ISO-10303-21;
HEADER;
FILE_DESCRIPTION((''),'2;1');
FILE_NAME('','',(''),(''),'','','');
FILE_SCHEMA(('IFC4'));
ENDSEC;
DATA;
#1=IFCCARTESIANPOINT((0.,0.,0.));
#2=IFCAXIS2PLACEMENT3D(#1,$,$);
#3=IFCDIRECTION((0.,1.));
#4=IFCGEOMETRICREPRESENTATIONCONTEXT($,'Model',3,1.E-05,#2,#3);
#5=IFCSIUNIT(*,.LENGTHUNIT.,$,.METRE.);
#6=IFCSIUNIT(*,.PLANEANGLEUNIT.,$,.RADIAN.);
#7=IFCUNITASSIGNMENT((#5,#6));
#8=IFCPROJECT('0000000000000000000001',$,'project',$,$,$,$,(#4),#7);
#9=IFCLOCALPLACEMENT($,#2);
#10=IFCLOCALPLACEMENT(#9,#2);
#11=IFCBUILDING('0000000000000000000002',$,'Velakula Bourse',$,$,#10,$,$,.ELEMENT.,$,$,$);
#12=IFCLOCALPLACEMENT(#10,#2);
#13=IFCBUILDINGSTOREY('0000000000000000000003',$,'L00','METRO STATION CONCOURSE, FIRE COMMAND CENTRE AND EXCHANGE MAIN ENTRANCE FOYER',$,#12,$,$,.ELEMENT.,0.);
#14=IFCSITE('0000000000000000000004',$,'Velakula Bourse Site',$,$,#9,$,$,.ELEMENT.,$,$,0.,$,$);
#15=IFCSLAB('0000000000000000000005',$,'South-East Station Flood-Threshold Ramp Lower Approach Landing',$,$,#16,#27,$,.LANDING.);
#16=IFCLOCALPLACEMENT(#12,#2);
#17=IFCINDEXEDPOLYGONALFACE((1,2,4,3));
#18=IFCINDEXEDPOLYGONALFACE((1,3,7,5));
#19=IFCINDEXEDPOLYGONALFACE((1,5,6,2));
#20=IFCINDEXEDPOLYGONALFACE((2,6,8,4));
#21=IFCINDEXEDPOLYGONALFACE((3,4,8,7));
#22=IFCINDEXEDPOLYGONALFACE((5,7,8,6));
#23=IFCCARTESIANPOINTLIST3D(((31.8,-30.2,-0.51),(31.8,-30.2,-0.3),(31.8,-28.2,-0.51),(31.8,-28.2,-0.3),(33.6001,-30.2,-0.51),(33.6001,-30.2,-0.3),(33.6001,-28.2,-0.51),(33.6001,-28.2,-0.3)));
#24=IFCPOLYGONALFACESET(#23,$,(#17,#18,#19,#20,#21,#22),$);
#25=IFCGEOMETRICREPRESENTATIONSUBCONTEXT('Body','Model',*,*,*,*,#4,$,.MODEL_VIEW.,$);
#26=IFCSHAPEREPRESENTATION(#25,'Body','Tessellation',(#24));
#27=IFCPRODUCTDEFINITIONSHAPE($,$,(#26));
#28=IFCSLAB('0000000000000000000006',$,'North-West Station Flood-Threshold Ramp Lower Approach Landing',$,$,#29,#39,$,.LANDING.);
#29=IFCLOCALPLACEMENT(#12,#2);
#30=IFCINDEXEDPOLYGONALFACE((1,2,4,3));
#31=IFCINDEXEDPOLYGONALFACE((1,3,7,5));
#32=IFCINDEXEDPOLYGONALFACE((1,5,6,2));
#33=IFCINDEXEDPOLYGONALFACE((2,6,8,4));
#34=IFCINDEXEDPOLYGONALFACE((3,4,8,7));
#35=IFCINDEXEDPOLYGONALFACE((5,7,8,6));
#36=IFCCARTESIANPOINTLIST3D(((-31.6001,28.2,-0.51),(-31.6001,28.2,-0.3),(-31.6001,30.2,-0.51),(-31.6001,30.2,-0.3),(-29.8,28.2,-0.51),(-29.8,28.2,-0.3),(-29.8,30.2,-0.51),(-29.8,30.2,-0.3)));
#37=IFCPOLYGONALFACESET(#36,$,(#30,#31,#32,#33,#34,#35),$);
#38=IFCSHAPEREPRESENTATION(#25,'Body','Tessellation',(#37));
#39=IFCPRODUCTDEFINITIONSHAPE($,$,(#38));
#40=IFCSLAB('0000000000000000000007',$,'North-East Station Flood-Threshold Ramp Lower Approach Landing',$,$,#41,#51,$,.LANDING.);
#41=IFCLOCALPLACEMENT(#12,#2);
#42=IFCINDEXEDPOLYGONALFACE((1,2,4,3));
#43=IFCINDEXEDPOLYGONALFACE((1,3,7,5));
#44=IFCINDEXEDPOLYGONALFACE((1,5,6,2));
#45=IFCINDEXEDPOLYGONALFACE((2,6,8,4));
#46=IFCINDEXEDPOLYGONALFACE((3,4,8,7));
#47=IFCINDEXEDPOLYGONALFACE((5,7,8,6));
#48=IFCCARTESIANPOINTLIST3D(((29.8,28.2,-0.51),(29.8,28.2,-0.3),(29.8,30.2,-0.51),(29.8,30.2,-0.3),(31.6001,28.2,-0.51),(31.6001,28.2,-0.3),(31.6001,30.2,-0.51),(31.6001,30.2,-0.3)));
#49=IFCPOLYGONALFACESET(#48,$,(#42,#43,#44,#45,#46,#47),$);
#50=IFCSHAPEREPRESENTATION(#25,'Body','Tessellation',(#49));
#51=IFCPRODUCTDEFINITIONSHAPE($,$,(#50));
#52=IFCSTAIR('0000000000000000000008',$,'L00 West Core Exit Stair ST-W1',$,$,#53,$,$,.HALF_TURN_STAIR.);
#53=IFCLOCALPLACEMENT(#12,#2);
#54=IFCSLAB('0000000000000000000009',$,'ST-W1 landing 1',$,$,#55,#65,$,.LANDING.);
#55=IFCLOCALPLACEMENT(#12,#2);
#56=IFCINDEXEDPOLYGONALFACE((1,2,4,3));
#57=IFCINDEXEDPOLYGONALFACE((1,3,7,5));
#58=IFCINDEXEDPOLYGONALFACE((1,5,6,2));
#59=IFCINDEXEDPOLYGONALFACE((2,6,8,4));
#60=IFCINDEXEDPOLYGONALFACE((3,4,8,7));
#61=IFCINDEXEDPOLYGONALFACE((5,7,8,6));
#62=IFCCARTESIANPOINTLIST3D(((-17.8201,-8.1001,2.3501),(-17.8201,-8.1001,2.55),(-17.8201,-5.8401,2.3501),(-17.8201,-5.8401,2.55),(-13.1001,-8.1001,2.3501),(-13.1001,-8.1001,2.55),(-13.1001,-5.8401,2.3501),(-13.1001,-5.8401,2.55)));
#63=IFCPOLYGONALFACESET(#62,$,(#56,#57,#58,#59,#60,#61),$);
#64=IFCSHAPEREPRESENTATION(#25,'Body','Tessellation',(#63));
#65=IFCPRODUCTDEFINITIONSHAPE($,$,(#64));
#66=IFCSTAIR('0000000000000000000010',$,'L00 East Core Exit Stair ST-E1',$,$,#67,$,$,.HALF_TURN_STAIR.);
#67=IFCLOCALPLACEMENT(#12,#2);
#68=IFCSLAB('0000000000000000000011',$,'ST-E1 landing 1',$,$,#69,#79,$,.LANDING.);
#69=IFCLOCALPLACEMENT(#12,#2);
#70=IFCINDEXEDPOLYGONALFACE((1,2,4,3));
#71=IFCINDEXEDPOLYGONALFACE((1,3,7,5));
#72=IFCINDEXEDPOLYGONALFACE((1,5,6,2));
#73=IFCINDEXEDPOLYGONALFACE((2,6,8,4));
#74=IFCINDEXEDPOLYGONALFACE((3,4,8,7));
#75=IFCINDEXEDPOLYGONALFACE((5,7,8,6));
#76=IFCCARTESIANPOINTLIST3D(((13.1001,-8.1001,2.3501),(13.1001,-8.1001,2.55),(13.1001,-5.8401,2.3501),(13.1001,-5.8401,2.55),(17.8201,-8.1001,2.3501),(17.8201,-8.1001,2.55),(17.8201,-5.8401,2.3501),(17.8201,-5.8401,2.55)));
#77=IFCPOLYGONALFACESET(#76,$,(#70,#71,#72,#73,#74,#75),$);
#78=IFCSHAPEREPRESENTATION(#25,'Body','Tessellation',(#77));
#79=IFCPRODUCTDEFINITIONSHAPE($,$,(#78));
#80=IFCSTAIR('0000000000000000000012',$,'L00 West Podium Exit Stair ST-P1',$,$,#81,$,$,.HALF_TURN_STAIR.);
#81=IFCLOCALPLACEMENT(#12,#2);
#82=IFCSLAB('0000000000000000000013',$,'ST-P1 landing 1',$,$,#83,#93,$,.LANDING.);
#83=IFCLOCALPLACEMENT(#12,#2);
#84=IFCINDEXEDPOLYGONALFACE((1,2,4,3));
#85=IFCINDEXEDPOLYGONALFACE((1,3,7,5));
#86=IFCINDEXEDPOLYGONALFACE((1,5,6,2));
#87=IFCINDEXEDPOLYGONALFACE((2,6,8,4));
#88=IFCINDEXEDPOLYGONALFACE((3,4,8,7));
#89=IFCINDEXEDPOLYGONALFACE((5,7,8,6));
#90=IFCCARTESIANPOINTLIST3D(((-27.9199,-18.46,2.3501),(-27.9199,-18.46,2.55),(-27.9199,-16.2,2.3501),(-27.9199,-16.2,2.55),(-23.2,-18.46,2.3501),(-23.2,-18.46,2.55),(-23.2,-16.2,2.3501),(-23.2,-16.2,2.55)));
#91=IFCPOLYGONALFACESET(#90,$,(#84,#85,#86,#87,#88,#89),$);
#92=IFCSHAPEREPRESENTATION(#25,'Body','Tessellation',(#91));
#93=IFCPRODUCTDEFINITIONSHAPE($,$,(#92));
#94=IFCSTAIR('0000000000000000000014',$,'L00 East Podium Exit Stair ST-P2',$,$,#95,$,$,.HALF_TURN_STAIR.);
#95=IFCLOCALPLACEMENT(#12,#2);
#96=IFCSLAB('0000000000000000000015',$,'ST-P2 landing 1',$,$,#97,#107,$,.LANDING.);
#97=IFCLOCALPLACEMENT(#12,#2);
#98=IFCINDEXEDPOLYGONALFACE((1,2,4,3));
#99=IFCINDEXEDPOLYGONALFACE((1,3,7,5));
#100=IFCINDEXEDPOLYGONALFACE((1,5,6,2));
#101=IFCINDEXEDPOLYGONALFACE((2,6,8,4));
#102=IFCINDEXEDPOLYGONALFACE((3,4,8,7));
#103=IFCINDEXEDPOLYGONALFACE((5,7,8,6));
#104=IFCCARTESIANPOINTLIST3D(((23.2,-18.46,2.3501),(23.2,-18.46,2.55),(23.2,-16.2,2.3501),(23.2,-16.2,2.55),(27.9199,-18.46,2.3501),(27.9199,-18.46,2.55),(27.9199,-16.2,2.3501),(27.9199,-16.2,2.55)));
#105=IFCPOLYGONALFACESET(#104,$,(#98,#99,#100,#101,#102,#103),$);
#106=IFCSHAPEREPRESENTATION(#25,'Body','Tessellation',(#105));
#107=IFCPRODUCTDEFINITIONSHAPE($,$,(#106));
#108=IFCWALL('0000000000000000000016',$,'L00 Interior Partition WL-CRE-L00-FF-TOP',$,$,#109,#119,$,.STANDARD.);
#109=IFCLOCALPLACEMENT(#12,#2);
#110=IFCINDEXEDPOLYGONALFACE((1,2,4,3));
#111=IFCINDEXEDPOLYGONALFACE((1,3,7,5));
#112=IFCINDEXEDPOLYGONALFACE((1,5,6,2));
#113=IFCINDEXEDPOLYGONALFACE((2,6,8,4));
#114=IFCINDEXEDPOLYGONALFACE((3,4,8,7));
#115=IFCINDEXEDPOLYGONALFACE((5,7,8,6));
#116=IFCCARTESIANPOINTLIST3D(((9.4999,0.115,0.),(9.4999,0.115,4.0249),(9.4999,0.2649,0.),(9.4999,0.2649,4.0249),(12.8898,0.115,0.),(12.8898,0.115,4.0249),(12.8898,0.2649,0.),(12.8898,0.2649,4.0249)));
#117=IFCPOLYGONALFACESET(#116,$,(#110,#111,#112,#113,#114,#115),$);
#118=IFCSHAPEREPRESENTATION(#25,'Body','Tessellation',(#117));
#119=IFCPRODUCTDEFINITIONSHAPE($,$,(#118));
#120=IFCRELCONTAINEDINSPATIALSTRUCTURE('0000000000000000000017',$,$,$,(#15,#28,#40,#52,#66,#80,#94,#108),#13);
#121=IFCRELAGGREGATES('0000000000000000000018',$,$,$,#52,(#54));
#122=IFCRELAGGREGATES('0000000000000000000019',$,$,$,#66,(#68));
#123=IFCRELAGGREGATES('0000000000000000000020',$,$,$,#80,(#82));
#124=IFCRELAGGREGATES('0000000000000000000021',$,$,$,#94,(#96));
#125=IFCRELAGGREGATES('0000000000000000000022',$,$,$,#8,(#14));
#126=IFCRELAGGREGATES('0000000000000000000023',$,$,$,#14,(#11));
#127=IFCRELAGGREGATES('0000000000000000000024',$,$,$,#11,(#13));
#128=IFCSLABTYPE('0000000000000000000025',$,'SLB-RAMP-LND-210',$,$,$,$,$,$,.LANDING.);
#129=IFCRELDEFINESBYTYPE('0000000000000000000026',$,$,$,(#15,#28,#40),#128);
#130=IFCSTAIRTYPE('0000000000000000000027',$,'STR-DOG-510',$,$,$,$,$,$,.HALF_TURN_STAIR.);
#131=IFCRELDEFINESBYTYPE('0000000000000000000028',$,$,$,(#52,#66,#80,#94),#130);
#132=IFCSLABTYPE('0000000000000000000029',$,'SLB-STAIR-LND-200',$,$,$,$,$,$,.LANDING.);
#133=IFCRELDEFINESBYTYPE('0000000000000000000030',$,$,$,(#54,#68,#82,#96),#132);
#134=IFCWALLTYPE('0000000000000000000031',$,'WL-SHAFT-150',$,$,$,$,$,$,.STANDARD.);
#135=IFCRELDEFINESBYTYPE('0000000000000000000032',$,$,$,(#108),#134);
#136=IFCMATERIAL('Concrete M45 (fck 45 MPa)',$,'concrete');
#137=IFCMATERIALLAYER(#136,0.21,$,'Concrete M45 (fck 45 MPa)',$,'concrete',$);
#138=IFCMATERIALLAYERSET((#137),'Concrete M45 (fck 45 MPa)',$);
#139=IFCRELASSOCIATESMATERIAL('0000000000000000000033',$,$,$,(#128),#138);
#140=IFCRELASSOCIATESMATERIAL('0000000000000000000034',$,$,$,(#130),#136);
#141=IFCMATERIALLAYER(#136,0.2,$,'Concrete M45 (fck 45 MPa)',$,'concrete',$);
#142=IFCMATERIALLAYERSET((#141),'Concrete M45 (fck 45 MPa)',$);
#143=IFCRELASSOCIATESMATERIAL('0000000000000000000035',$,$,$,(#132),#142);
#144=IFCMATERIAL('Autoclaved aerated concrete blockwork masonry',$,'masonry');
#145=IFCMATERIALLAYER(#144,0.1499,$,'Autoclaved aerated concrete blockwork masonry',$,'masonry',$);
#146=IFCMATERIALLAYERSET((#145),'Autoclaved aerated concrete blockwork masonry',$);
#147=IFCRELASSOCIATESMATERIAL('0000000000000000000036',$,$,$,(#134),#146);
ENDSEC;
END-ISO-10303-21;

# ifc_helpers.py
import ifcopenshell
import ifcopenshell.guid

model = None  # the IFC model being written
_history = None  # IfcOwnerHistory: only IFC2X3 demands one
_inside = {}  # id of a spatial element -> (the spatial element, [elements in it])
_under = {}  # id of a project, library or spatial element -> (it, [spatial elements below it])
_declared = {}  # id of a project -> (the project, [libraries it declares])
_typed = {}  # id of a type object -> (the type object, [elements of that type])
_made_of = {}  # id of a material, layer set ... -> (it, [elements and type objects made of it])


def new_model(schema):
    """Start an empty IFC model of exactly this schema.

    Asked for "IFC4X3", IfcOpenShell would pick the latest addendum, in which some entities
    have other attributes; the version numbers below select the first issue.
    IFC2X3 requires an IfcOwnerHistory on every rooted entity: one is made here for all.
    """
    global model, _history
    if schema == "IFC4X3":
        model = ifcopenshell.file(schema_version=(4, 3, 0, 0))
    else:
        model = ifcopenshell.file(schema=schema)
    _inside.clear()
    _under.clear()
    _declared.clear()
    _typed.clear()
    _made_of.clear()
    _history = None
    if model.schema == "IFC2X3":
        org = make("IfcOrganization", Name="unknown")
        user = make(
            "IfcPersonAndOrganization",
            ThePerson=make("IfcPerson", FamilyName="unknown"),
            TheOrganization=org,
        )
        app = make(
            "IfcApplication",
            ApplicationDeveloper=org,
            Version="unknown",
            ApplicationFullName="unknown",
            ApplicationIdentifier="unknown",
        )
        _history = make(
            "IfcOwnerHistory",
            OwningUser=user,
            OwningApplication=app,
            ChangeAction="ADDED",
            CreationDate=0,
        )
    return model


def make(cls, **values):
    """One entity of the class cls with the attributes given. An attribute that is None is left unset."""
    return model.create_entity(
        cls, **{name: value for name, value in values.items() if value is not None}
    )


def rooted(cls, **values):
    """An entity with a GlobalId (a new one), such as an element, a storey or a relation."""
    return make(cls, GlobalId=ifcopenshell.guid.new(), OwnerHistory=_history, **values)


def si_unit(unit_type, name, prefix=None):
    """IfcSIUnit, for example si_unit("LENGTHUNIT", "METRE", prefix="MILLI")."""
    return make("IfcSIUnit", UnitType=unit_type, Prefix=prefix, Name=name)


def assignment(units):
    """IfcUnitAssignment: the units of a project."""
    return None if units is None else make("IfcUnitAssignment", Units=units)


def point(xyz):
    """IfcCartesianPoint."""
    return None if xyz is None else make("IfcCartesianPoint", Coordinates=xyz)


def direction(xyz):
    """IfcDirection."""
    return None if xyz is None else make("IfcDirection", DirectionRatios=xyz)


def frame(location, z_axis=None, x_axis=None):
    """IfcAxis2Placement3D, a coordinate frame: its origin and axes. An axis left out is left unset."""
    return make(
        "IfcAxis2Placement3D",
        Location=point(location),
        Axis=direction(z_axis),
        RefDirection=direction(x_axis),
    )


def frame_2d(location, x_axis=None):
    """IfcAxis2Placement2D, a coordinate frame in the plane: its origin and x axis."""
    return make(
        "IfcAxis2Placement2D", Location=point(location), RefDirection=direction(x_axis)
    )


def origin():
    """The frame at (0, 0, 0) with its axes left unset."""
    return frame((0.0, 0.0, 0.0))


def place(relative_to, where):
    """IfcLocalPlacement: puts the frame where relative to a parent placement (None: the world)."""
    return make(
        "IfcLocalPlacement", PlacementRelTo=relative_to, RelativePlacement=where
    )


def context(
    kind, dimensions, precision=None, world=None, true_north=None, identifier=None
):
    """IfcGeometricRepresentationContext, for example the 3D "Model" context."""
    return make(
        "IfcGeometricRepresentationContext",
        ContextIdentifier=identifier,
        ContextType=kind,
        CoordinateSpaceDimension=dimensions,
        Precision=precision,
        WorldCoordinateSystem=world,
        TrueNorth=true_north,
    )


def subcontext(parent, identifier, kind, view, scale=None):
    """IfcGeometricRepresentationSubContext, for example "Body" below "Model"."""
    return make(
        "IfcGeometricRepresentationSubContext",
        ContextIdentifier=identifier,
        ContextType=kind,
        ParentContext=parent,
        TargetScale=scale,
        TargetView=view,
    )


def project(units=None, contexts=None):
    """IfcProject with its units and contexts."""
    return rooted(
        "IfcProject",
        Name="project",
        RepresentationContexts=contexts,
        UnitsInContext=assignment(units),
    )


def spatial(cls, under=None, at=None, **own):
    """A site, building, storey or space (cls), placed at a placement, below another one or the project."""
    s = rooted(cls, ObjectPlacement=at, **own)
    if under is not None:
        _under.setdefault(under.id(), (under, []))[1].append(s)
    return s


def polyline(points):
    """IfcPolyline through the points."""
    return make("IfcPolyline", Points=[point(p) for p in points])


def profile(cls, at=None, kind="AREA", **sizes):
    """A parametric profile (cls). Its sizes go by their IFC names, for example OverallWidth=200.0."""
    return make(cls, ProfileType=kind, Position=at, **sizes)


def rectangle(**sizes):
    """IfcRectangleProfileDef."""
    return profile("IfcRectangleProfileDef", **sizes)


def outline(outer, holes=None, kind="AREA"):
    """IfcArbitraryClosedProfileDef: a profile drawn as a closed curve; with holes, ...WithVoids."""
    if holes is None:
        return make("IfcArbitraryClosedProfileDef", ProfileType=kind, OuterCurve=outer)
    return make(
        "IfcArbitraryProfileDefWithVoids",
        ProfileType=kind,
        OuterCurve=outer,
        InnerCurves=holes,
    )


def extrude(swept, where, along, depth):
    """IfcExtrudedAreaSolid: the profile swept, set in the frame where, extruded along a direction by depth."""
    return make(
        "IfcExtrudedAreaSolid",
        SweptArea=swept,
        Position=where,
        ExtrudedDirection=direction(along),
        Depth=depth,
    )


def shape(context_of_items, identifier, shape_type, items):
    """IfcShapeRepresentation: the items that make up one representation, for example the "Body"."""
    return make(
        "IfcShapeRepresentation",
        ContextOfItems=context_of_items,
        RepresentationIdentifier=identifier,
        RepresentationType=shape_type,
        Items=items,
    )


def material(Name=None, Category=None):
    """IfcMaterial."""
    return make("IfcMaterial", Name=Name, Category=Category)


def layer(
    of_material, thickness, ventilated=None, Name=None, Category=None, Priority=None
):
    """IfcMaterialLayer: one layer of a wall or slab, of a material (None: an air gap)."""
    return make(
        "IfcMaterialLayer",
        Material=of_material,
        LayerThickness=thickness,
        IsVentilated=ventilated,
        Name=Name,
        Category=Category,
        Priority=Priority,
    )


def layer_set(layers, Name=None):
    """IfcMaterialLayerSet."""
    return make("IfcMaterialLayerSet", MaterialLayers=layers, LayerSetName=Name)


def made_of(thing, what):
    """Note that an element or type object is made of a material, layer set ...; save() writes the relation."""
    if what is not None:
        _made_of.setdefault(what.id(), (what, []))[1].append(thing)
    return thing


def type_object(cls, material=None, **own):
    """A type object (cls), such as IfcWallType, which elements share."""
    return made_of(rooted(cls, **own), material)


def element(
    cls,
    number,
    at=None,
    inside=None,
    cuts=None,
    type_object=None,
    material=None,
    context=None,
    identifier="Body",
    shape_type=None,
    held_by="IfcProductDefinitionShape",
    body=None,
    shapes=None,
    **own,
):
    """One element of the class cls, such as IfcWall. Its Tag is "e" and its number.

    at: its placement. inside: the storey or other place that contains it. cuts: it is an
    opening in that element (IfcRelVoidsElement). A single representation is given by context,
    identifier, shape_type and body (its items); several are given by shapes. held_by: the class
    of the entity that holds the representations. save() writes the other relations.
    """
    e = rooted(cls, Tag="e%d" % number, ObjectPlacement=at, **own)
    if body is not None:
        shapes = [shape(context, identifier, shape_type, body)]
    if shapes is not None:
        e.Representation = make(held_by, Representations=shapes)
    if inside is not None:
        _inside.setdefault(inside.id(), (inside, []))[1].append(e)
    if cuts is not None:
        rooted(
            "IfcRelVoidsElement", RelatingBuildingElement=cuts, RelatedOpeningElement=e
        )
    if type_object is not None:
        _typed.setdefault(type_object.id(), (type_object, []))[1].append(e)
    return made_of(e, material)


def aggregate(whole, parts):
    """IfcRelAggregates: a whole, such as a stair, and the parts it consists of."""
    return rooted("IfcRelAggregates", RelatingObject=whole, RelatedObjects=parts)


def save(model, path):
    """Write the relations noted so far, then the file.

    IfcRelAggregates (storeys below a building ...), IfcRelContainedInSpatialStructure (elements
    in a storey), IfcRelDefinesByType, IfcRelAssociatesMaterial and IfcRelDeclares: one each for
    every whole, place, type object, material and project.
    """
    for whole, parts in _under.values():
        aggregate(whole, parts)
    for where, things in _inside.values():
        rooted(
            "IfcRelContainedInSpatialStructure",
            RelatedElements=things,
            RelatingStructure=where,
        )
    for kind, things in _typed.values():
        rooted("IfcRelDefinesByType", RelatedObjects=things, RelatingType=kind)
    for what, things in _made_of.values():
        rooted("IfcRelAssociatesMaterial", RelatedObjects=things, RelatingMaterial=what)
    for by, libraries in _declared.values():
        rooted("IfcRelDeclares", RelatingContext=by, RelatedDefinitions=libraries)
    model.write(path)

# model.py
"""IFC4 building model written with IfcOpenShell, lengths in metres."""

from ifc_helpers import new_model, si_unit, direction, frame, frame_2d, origin, place, context, subcontext, project, spatial, polyline, rectangle, outline, extrude, material, layer, layer_set, type_object, element, aggregate, save


model = new_model("IFC4")

# Units and contexts
model_context = context("Model", 3, precision=1e-05, world=origin(), true_north=direction((0.0, 1.0)))
body_context = subcontext(model_context, "Body", "Model", "MODEL_VIEW")
ifc_project = project(units=[si_unit("LENGTHUNIT", "METRE"), si_unit("PLANEANGLEUNIT", "RADIAN")], contexts=[model_context])

# Site, building, storey
site_placement = place(None, origin())
site = spatial("IfcSite", under=ifc_project, at=site_placement, Name="Velakula Bourse Site", CompositionType="ELEMENT", RefElevation=0.0)
building_placement = place(site_placement, origin())
building = spatial("IfcBuilding", under=site, at=building_placement, Name="Velakula Bourse", CompositionType="ELEMENT")
storey_placement = place(building_placement, origin())
storey = spatial("IfcBuildingStorey", under=building, at=storey_placement, Name="L00", Description="METRO STATION CONCOURSE, FIRE COMMAND CENTRE AND EXCHANGE MAIN ENTRANCE FOYER", CompositionType="ELEMENT", Elevation=0.0)

# Slabs
ifc_material_1 = material(Name="Concrete M45 (fck 45 MPa)", Category="concrete")
ifc_layer_1 = layer(ifc_material_1, 0.21, Name="Concrete M45 (fck 45 MPa)", Category="concrete")
ifc_layer_set_1 = layer_set([ifc_layer_1], Name="Concrete M45 (fck 45 MPa)")
slab_type_1 = type_object("IfcSlabType", Name="SLB-RAMP-LND-210", PredefinedType="LANDING", material=ifc_layer_set_1)
slab_1_placement = place(storey_placement, frame((0.0, 0.0, -0.51)))
element("IfcSlab", 1, at=slab_1_placement, inside=storey, type_object=slab_type_1, Name="South-East Station Flood-Threshold Ramp Lower Approach Landing", PredefinedType="LANDING", context=body_context, shape_type="SweptSolid", body=[
    extrude(outline(polyline([(31.8, -30.2), (33.6001, -30.2), (33.6001, -28.2), (31.8, -28.2), (31.8, -30.2)])), origin(), (0.0, 0.0, 1.0), 0.21),
])
slab_2_placement = place(storey_placement, frame((0.0, 0.0, -0.51)))
element("IfcSlab", 2, at=slab_2_placement, inside=storey, type_object=slab_type_1, Name="North-West Station Flood-Threshold Ramp Lower Approach Landing", PredefinedType="LANDING", context=body_context, shape_type="SweptSolid", body=[
    extrude(outline(polyline([(-31.6001, 28.2), (-29.8, 28.2), (-29.8, 30.2), (-31.6001, 30.2), (-31.6001, 28.2)])), origin(), (0.0, 0.0, 1.0), 0.21),
])
slab_3_placement = place(storey_placement, frame((0.0, 0.0, -0.51)))
element("IfcSlab", 3, at=slab_3_placement, inside=storey, type_object=slab_type_1, Name="North-East Station Flood-Threshold Ramp Lower Approach Landing", PredefinedType="LANDING", context=body_context, shape_type="SweptSolid", body=[
    extrude(outline(polyline([(29.8, 28.2), (31.6001, 28.2), (31.6001, 30.2), (29.8, 30.2), (29.8, 28.2)])), origin(), (0.0, 0.0, 1.0), 0.21),
])

# Stairs, slabs
stair_type = type_object("IfcStairType", Name="STR-DOG-510", PredefinedType="HALF_TURN_STAIR", material=ifc_material_1)
stair_1_placement = place(storey_placement, origin())
stair_1 = element("IfcStair", 4, at=stair_1_placement, inside=storey, type_object=stair_type, Name="L00 West Core Exit Stair ST-W1", PredefinedType="HALF_TURN_STAIR")
ifc_layer_2 = layer(ifc_material_1, 0.2, Name="Concrete M45 (fck 45 MPa)", Category="concrete")
ifc_layer_set_2 = layer_set([ifc_layer_2], Name="Concrete M45 (fck 45 MPa)")
slab_type_2 = type_object("IfcSlabType", Name="SLB-STAIR-LND-200", PredefinedType="LANDING", material=ifc_layer_set_2)
slab_4_placement = place(storey_placement, frame((0.0, 0.0, 2.3501)))
slab_4 = element("IfcSlab", 5, at=slab_4_placement, type_object=slab_type_2, Name="ST-W1 landing 1", PredefinedType="LANDING", context=body_context, shape_type="SweptSolid", body=[
    extrude(outline(polyline([(-17.8201, -5.8401), (-17.8201, -8.1001), (-13.1001, -8.1001), (-13.1001, -5.8401), (-17.8201, -5.8401)])), origin(), (0.0, 0.0, 1.0), 0.2),
])
aggregate(stair_1, [slab_4])
stair_2_placement = place(storey_placement, origin())
stair_2 = element("IfcStair", 6, at=stair_2_placement, inside=storey, type_object=stair_type, Name="L00 East Core Exit Stair ST-E1", PredefinedType="HALF_TURN_STAIR")
slab_5_placement = place(storey_placement, frame((0.0, 0.0, 2.3501)))
slab_5 = element("IfcSlab", 7, at=slab_5_placement, type_object=slab_type_2, Name="ST-E1 landing 1", PredefinedType="LANDING", context=body_context, shape_type="SweptSolid", body=[
    extrude(outline(polyline([(13.1001, -5.8401), (13.1001, -8.1001), (17.8201, -8.1001), (17.8201, -5.8401), (13.1001, -5.8401)])), origin(), (0.0, 0.0, 1.0), 0.2),
])
aggregate(stair_2, [slab_5])
stair_3_placement = place(storey_placement, origin())
stair_3 = element("IfcStair", 8, at=stair_3_placement, inside=storey, type_object=stair_type, Name="L00 West Podium Exit Stair ST-P1", PredefinedType="HALF_TURN_STAIR")
slab_6_placement = place(storey_placement, frame((0.0, 0.0, 2.3501)))
slab_6 = element("IfcSlab", 9, at=slab_6_placement, type_object=slab_type_2, Name="ST-P1 landing 1", PredefinedType="LANDING", context=body_context, shape_type="SweptSolid", body=[
    extrude(outline(polyline([(-23.2, -18.46), (-23.2, -16.2), (-27.9199, -16.2), (-27.9199, -18.46), (-23.2, -18.46)])), origin(), (0.0, 0.0, 1.0), 0.2),
])
aggregate(stair_3, [slab_6])
stair_4_placement = place(storey_placement, origin())
stair_4 = element("IfcStair", 10, at=stair_4_placement, inside=storey, type_object=stair_type, Name="L00 East Podium Exit Stair ST-P2", PredefinedType="HALF_TURN_STAIR")
slab_7_placement = place(storey_placement, frame((0.0, 0.0, 2.3501)))
slab_7 = element("IfcSlab", 11, at=slab_7_placement, type_object=slab_type_2, Name="ST-P2 landing 1", PredefinedType="LANDING", context=body_context, shape_type="SweptSolid", body=[
    extrude(outline(polyline([(27.9199, -18.46), (27.9199, -16.2), (23.2, -16.2), (23.2, -18.46), (27.9199, -18.46)])), origin(), (0.0, 0.0, 1.0), 0.2),
])
aggregate(stair_4, [slab_7])

# Wall
ifc_material_2 = material(Name="Autoclaved aerated concrete blockwork masonry", Category="masonry")
ifc_layer_3 = layer(ifc_material_2, 0.1499, Name="Autoclaved aerated concrete blockwork masonry", Category="masonry")
ifc_layer_set_3 = layer_set([ifc_layer_3], Name="Autoclaved aerated concrete blockwork masonry")
wall_type_1 = type_object("IfcWallType", Name="WL-SHAFT-150", PredefinedType="STANDARD", material=ifc_layer_set_3)
wall_1_placement = place(storey_placement, frame((9.5, 0.1899, 0.0), z_axis=(0.0, 0.0, 1.0), x_axis=(1.0, 0.0, 0.0)))
element("IfcWall", 12, at=wall_1_placement, inside=storey, type_object=wall_type_1, Name="L00 Interior Partition WL-CRE-L00-FF-TOP", PredefinedType="STANDARD", context=body_context, shape_type="SweptSolid", body=[
    extrude(rectangle(XDim=3.3899, YDim=0.1499, at=frame_2d((1.6948, 0.0))), origin(), (0.0, 0.0, 1.0), 4.0249),
])

save(model, "model.ifc")
